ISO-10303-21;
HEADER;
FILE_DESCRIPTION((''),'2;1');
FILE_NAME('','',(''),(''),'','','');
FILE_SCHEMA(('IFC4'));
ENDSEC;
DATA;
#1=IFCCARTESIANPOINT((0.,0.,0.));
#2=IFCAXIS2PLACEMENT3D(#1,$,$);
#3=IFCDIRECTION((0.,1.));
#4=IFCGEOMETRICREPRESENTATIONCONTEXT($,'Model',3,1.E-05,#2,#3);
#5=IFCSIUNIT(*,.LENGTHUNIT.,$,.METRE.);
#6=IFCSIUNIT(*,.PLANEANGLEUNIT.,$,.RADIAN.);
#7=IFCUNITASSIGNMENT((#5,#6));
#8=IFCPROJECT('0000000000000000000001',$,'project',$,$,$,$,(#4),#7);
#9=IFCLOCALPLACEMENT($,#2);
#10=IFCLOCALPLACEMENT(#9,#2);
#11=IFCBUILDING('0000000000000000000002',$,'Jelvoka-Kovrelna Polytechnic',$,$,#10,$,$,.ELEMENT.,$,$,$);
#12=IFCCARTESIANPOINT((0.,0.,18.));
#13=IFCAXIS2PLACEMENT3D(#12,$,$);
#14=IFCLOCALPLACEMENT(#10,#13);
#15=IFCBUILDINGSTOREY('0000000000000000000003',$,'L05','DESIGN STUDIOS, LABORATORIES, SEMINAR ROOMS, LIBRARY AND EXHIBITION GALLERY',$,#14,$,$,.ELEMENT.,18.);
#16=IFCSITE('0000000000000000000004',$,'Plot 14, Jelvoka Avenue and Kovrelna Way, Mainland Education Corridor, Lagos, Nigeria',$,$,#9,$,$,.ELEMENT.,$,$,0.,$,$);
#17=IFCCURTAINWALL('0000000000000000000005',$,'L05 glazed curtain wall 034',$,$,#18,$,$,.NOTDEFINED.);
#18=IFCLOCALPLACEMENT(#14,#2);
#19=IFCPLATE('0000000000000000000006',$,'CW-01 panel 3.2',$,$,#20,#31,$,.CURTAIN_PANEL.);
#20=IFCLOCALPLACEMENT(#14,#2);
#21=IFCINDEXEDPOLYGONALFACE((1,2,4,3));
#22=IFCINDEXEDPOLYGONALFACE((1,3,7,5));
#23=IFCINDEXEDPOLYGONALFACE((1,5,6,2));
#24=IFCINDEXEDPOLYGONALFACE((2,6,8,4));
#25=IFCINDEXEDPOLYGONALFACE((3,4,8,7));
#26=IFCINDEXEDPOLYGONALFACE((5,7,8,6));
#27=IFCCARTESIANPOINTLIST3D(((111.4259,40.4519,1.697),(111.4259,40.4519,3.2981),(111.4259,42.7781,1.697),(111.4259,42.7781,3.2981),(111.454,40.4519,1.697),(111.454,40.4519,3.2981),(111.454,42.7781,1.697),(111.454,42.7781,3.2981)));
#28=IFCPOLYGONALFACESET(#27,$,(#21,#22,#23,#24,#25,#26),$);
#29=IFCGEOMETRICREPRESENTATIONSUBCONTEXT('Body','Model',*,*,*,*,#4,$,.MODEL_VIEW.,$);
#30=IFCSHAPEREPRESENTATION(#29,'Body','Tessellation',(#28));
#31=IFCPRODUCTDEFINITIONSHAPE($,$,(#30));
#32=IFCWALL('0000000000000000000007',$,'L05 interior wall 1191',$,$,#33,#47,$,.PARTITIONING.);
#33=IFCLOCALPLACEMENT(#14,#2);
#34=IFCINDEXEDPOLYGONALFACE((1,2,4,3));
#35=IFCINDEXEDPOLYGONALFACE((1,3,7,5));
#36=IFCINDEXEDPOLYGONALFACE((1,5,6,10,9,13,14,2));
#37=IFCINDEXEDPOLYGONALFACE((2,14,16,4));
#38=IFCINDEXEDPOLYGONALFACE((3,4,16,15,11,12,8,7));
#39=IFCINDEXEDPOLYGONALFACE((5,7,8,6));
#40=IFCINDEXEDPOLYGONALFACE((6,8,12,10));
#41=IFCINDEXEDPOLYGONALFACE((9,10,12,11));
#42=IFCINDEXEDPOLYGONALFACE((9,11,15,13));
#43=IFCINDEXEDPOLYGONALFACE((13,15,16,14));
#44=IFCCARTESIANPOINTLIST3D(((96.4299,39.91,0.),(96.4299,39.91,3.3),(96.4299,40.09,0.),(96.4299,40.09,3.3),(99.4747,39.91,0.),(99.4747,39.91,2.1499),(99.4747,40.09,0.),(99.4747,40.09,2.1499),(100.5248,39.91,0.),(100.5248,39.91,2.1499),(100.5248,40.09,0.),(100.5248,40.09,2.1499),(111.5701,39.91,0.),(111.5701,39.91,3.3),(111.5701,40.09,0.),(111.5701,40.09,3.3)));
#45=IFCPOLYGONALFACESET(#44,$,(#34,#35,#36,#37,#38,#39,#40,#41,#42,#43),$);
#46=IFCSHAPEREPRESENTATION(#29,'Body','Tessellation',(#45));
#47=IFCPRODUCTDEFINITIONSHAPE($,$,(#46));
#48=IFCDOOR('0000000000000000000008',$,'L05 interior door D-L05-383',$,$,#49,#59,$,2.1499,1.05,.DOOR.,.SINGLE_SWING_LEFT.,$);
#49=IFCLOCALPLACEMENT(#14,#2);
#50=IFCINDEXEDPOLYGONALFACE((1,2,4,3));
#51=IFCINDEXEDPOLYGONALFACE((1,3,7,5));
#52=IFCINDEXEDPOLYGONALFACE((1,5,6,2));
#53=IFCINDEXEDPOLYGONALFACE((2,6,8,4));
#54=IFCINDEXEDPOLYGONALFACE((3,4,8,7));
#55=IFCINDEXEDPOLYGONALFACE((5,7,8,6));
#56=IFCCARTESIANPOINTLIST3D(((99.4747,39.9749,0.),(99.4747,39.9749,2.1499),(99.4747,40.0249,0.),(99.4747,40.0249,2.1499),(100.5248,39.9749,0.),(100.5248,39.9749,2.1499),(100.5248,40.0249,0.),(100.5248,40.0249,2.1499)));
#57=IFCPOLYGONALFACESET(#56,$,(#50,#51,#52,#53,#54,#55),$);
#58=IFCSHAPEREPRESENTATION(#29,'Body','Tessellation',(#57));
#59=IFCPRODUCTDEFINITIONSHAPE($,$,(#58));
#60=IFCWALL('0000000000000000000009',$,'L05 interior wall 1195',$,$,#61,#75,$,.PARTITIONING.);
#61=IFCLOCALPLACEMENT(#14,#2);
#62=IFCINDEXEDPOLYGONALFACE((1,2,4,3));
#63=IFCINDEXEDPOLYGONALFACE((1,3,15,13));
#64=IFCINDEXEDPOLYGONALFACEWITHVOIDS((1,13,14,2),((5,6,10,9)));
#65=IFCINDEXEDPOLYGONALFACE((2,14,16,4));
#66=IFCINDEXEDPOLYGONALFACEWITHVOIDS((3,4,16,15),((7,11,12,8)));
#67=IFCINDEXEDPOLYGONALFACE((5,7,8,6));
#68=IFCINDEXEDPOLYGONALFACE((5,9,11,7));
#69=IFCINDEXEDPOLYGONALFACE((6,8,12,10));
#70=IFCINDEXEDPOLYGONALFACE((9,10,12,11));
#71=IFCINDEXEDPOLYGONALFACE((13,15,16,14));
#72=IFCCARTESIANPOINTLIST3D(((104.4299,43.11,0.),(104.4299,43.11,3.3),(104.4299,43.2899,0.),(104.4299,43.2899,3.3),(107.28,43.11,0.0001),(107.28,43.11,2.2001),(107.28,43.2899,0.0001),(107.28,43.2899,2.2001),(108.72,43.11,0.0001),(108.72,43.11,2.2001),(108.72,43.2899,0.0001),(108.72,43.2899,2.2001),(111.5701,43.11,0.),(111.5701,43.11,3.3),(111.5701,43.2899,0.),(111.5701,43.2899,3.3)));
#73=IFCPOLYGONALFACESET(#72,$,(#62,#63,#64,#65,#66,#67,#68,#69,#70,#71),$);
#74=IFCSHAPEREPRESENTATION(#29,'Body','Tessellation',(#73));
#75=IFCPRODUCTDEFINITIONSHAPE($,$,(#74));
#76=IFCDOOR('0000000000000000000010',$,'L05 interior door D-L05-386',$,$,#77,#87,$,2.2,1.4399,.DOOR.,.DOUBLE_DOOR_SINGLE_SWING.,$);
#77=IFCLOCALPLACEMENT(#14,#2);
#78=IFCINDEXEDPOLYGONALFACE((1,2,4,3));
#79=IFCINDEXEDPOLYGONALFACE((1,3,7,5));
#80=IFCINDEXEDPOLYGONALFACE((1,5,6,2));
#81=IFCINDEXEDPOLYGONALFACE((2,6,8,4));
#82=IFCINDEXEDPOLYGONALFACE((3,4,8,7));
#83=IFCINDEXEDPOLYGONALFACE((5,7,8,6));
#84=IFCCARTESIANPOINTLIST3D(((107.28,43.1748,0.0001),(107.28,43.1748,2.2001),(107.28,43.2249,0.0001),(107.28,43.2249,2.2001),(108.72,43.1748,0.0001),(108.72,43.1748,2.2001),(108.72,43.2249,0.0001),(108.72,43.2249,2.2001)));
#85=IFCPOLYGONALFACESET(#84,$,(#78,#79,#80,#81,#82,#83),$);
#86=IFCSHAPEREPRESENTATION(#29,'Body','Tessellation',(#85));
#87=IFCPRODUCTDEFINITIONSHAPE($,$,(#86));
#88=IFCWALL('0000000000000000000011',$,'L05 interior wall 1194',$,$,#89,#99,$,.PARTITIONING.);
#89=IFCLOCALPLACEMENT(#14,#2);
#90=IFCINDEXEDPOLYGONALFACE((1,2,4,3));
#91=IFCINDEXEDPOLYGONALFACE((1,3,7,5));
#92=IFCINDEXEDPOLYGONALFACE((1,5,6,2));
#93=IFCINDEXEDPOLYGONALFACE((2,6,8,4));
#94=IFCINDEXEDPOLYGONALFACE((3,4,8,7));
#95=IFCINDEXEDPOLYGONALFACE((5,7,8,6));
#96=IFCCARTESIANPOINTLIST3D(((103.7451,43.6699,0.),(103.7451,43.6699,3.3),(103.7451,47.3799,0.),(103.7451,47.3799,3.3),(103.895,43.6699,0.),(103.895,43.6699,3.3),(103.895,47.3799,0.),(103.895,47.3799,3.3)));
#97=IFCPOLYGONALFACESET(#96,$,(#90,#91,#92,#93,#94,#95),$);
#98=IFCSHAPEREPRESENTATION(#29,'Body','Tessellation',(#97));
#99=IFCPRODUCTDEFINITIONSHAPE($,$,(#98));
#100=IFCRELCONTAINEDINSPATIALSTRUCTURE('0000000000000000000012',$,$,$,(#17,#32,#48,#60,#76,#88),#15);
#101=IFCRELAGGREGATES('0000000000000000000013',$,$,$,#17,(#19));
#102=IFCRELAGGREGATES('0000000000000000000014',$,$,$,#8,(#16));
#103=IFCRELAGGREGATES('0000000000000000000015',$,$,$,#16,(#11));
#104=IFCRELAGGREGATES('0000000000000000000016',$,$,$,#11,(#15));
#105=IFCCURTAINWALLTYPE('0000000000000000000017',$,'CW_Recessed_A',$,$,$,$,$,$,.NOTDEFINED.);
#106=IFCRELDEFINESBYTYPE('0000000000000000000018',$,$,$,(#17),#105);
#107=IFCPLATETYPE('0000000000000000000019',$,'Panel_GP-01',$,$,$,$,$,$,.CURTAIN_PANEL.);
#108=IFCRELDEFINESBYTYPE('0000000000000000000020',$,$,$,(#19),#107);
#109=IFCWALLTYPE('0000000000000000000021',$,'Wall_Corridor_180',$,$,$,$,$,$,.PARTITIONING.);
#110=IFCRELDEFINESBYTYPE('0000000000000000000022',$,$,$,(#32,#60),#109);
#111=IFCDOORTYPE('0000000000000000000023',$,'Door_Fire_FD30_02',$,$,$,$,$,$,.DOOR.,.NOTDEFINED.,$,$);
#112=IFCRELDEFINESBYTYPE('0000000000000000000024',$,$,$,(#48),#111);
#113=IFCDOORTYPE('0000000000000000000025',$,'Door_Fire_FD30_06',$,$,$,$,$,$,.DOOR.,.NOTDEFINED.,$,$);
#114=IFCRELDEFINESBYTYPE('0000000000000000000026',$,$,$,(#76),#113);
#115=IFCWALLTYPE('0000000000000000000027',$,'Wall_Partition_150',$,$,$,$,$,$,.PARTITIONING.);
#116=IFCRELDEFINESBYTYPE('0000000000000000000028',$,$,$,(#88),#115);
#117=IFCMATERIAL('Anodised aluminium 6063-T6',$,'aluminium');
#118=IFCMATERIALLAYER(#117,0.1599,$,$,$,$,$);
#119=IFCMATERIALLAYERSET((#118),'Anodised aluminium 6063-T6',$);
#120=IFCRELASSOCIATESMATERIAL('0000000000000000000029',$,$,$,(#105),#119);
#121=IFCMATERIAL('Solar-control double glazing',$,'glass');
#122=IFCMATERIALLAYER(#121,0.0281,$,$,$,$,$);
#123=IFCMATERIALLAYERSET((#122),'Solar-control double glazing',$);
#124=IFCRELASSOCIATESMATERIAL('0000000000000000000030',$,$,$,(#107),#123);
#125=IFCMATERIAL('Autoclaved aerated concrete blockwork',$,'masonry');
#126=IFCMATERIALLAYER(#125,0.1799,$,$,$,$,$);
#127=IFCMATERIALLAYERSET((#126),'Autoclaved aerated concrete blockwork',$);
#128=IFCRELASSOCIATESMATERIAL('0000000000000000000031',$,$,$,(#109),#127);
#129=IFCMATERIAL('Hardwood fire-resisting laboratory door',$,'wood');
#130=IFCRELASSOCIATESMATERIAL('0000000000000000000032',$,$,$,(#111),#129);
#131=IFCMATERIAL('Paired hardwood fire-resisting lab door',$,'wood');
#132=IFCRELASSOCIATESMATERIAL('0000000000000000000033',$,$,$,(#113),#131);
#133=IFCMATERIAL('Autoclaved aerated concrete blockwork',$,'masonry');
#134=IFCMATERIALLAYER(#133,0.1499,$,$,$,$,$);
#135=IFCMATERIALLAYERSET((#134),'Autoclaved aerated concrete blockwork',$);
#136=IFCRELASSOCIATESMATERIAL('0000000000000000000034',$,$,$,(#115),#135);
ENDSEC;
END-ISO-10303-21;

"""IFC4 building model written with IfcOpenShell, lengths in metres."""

from ifc_helpers import new_model, si_unit, direction, frame, frame_2d, origin, origin_2d, place, context, subcontext, project, spatial, rectangle, extrude, material, layer, layer_set, type_object, element, fill, aggregate, save


model = new_model("IFC4")

# Units and contexts
model_context = context("Model", 3, precision=1e-05, world=origin(), true_north=direction((0.0, 1.0)))
body_context = subcontext(model_context, "Body", "Model", "MODEL_VIEW")
ifc_project = project(units=[si_unit("LENGTHUNIT", "METRE"), si_unit("PLANEANGLEUNIT", "RADIAN")], contexts=[model_context])

# Site, building, storey
site_placement = place(None, origin())
site = spatial("IfcSite", under=ifc_project, at=site_placement, Name="Plot 14, Jelvoka Avenue and Kovrelna Way, Mainland Education Corridor, Lagos, Nigeria", CompositionType="ELEMENT", RefElevation=0.0)
building_placement = place(site_placement, origin())
building = spatial("IfcBuilding", under=site, at=building_placement, Name="Jelvoka-Kovrelna Polytechnic", CompositionType="ELEMENT")
storey_placement = place(building_placement, frame((0.0, 0.0, 18.0)))
storey = spatial("IfcBuildingStorey", under=building, at=storey_placement, Name="L05", Description="DESIGN STUDIOS, LABORATORIES, SEMINAR ROOMS, LIBRARY AND EXHIBITION GALLERY", CompositionType="ELEMENT", Elevation=18.0)

# Shared definitions
ifc_material_1 = material(Name="Anodised aluminium 6063-T6", Category="aluminium")
ifc_layer_1 = layer(ifc_material_1, 0.1599)
ifc_layer_set_1 = layer_set([ifc_layer_1], Name="Anodised aluminium 6063-T6")
curtain_wall_type = type_object("IfcCurtainWallType", Name="CW_Recessed_A", PredefinedType="NOTDEFINED", material=ifc_layer_set_1)

# Curtain wall
curtain_wall_1_placement = place(storey_placement, origin())
curtain_wall_1 = element("IfcCurtainWall", 1, at=curtain_wall_1_placement, inside=storey, type_object=curtain_wall_type, Name="L05 glazed curtain wall 034", PredefinedType="NOTDEFINED")

# Plate
ifc_material_2 = material(Name="Solar-control double glazing", Category="glass")
ifc_layer_2 = layer(ifc_material_2, 0.0281)
ifc_layer_set_2 = layer_set([ifc_layer_2], Name="Solar-control double glazing")
plate_type = type_object("IfcPlateType", Name="Panel_GP-01", PredefinedType="CURTAIN_PANEL", material=ifc_layer_set_2)
plate_1_placement = place(storey_placement, frame((111.4399, 41.615, 1.697), z_axis=(0.0, 0.0, 1.0), x_axis=(0.0, -1.0, 0.0)))
plate_1 = element("IfcPlate", 2, at=plate_1_placement, type_object=plate_type, Name="CW-01 panel 3.2", PredefinedType="CURTAIN_PANEL", context=body_context, shape_type="SweptSolid", body=[
    extrude(rectangle(XDim=2.3262, YDim=0.0281, at=origin_2d()), origin(), (0.0, 0.0, 1.0), 1.6011),
])
aggregate(curtain_wall_1, [plate_1])

# Walls, openings, doors
ifc_material_3 = material(Name="Autoclaved aerated concrete blockwork", Category="masonry")
ifc_layer_3 = layer(ifc_material_3, 0.1799)
ifc_layer_set_3 = layer_set([ifc_layer_3], Name="Autoclaved aerated concrete blockwork")
wall_type_1 = type_object("IfcWallType", Name="Wall_Corridor_180", PredefinedType="PARTITIONING", material=ifc_layer_set_3)
wall_1_placement = place(storey_placement, frame((96.4299, 40.0, 0.0), z_axis=(0.0, 0.0, 1.0), x_axis=(1.0, 0.0, 0.0)))
wall_1 = element("IfcWall", 3, at=wall_1_placement, inside=storey, type_object=wall_type_1, Name="L05 interior wall 1191", PredefinedType="PARTITIONING", context=body_context, shape_type="SweptSolid", body=[
    extrude(rectangle(XDim=15.1401, YDim=0.1799, at=frame_2d((7.5701, 0.0))), origin(), (0.0, 0.0, 1.0), 3.3),
])
opening_1_placement = place(wall_1_placement, frame((3.0449, 0.0, 0.0)))
opening_1 = element("IfcOpeningElement", 4, at=opening_1_placement, cuts=wall_1, PredefinedType="OPENING", context=body_context, shape_type="SweptSolid", body=[
    extrude(rectangle(XDim=1.05, YDim=2.1499, at=frame_2d((0.5249, 1.075))), frame((0.0, 0.0999, 0.0), z_axis=(0.0, -1.0, 0.0), x_axis=(1.0, 0.0, 0.0)), (0.0, 0.0, 1.0), 0.2),
])
ifc_material_4 = material(Name="Hardwood fire-resisting laboratory door", Category="wood")
door_type_1 = type_object("IfcDoorType", Name="Door_Fire_FD30_02", OperationType="NOTDEFINED", PredefinedType="DOOR", material=ifc_material_4)
door_1_placement = place(opening_1_placement, origin())
door_1 = element("IfcDoor", 5, at=door_1_placement, inside=storey, type_object=door_type_1, Name="L05 interior door D-L05-383", OperationType="SINGLE_SWING_LEFT", OverallHeight=2.1499, OverallWidth=1.05, PredefinedType="DOOR", context=body_context, shape_type="SweptSolid", body=[
    extrude(rectangle(XDim=1.05, YDim=2.1499, at=frame_2d((0.5249, 1.075))), frame((0.0, 0.0249, 0.0), z_axis=(0.0, -1.0, 0.0), x_axis=(1.0, 0.0, 0.0)), (0.0, 0.0, 1.0), 0.05),
])
fill(opening_1, door_1)
wall_2_placement = place(storey_placement, frame((104.4299, 43.2, 0.0), z_axis=(0.0, 0.0, 1.0), x_axis=(1.0, 0.0, 0.0)))
wall_2 = element("IfcWall", 6, at=wall_2_placement, inside=storey, type_object=wall_type_1, Name="L05 interior wall 1195", PredefinedType="PARTITIONING", context=body_context, shape_type="SweptSolid", body=[
    extrude(rectangle(XDim=7.1401, YDim=0.1799, at=frame_2d((3.5701, 0.0))), origin(), (0.0, 0.0, 1.0), 3.3),
])
opening_2_placement = place(wall_2_placement, frame((2.8501, 0.0, 0.0)))
opening_2 = element("IfcOpeningElement", 7, at=opening_2_placement, cuts=wall_2, PredefinedType="OPENING", context=body_context, shape_type="SweptSolid", body=[
    extrude(rectangle(XDim=1.4399, YDim=2.2, at=frame_2d((0.72, 1.1001))), frame((0.0, 0.0999, 0.0), z_axis=(0.0, -1.0, 0.0), x_axis=(1.0, 0.0, 0.0)), (0.0, 0.0, 1.0), 0.2),
])
ifc_material_5 = material(Name="Paired hardwood fire-resisting lab door", Category="wood")
door_type_2 = type_object("IfcDoorType", Name="Door_Fire_FD30_06", OperationType="NOTDEFINED", PredefinedType="DOOR", material=ifc_material_5)
door_2_placement = place(opening_2_placement, origin())
door_2 = element("IfcDoor", 8, at=door_2_placement, inside=storey, type_object=door_type_2, Name="L05 interior door D-L05-386", OperationType="DOUBLE_DOOR_SINGLE_SWING", OverallHeight=2.2, OverallWidth=1.4399, PredefinedType="DOOR", context=body_context, shape_type="SweptSolid", body=[
    extrude(rectangle(XDim=1.4399, YDim=2.2, at=frame_2d((0.72, 1.1001))), frame((0.0, 0.0249, 0.0), z_axis=(0.0, -1.0, 0.0), x_axis=(1.0, 0.0, 0.0)), (0.0, 0.0, 1.0), 0.05),
])
fill(opening_2, door_2)

# Wall
ifc_material_6 = material(Name="Autoclaved aerated concrete blockwork", Category="masonry")
ifc_layer_4 = layer(ifc_material_6, 0.1499)
ifc_layer_set_4 = layer_set([ifc_layer_4], Name="Autoclaved aerated concrete blockwork")
wall_type_2 = type_object("IfcWallType", Name="Wall_Partition_150", PredefinedType="PARTITIONING", material=ifc_layer_set_4)
wall_3_placement = place(storey_placement, frame((103.8201, 43.6699, 0.0), z_axis=(0.0, 0.0, 1.0), x_axis=(0.0, 1.0, 0.0)))
element("IfcWall", 9, at=wall_3_placement, inside=storey, type_object=wall_type_2, Name="L05 interior wall 1194", PredefinedType="PARTITIONING", context=body_context, shape_type="SweptSolid", body=[
    extrude(rectangle(XDim=3.71, YDim=0.1499, at=frame_2d((1.855, 0.0))), origin(), (0.0, 0.0, 1.0), 3.3),
])

save(model, "model.ifc")
